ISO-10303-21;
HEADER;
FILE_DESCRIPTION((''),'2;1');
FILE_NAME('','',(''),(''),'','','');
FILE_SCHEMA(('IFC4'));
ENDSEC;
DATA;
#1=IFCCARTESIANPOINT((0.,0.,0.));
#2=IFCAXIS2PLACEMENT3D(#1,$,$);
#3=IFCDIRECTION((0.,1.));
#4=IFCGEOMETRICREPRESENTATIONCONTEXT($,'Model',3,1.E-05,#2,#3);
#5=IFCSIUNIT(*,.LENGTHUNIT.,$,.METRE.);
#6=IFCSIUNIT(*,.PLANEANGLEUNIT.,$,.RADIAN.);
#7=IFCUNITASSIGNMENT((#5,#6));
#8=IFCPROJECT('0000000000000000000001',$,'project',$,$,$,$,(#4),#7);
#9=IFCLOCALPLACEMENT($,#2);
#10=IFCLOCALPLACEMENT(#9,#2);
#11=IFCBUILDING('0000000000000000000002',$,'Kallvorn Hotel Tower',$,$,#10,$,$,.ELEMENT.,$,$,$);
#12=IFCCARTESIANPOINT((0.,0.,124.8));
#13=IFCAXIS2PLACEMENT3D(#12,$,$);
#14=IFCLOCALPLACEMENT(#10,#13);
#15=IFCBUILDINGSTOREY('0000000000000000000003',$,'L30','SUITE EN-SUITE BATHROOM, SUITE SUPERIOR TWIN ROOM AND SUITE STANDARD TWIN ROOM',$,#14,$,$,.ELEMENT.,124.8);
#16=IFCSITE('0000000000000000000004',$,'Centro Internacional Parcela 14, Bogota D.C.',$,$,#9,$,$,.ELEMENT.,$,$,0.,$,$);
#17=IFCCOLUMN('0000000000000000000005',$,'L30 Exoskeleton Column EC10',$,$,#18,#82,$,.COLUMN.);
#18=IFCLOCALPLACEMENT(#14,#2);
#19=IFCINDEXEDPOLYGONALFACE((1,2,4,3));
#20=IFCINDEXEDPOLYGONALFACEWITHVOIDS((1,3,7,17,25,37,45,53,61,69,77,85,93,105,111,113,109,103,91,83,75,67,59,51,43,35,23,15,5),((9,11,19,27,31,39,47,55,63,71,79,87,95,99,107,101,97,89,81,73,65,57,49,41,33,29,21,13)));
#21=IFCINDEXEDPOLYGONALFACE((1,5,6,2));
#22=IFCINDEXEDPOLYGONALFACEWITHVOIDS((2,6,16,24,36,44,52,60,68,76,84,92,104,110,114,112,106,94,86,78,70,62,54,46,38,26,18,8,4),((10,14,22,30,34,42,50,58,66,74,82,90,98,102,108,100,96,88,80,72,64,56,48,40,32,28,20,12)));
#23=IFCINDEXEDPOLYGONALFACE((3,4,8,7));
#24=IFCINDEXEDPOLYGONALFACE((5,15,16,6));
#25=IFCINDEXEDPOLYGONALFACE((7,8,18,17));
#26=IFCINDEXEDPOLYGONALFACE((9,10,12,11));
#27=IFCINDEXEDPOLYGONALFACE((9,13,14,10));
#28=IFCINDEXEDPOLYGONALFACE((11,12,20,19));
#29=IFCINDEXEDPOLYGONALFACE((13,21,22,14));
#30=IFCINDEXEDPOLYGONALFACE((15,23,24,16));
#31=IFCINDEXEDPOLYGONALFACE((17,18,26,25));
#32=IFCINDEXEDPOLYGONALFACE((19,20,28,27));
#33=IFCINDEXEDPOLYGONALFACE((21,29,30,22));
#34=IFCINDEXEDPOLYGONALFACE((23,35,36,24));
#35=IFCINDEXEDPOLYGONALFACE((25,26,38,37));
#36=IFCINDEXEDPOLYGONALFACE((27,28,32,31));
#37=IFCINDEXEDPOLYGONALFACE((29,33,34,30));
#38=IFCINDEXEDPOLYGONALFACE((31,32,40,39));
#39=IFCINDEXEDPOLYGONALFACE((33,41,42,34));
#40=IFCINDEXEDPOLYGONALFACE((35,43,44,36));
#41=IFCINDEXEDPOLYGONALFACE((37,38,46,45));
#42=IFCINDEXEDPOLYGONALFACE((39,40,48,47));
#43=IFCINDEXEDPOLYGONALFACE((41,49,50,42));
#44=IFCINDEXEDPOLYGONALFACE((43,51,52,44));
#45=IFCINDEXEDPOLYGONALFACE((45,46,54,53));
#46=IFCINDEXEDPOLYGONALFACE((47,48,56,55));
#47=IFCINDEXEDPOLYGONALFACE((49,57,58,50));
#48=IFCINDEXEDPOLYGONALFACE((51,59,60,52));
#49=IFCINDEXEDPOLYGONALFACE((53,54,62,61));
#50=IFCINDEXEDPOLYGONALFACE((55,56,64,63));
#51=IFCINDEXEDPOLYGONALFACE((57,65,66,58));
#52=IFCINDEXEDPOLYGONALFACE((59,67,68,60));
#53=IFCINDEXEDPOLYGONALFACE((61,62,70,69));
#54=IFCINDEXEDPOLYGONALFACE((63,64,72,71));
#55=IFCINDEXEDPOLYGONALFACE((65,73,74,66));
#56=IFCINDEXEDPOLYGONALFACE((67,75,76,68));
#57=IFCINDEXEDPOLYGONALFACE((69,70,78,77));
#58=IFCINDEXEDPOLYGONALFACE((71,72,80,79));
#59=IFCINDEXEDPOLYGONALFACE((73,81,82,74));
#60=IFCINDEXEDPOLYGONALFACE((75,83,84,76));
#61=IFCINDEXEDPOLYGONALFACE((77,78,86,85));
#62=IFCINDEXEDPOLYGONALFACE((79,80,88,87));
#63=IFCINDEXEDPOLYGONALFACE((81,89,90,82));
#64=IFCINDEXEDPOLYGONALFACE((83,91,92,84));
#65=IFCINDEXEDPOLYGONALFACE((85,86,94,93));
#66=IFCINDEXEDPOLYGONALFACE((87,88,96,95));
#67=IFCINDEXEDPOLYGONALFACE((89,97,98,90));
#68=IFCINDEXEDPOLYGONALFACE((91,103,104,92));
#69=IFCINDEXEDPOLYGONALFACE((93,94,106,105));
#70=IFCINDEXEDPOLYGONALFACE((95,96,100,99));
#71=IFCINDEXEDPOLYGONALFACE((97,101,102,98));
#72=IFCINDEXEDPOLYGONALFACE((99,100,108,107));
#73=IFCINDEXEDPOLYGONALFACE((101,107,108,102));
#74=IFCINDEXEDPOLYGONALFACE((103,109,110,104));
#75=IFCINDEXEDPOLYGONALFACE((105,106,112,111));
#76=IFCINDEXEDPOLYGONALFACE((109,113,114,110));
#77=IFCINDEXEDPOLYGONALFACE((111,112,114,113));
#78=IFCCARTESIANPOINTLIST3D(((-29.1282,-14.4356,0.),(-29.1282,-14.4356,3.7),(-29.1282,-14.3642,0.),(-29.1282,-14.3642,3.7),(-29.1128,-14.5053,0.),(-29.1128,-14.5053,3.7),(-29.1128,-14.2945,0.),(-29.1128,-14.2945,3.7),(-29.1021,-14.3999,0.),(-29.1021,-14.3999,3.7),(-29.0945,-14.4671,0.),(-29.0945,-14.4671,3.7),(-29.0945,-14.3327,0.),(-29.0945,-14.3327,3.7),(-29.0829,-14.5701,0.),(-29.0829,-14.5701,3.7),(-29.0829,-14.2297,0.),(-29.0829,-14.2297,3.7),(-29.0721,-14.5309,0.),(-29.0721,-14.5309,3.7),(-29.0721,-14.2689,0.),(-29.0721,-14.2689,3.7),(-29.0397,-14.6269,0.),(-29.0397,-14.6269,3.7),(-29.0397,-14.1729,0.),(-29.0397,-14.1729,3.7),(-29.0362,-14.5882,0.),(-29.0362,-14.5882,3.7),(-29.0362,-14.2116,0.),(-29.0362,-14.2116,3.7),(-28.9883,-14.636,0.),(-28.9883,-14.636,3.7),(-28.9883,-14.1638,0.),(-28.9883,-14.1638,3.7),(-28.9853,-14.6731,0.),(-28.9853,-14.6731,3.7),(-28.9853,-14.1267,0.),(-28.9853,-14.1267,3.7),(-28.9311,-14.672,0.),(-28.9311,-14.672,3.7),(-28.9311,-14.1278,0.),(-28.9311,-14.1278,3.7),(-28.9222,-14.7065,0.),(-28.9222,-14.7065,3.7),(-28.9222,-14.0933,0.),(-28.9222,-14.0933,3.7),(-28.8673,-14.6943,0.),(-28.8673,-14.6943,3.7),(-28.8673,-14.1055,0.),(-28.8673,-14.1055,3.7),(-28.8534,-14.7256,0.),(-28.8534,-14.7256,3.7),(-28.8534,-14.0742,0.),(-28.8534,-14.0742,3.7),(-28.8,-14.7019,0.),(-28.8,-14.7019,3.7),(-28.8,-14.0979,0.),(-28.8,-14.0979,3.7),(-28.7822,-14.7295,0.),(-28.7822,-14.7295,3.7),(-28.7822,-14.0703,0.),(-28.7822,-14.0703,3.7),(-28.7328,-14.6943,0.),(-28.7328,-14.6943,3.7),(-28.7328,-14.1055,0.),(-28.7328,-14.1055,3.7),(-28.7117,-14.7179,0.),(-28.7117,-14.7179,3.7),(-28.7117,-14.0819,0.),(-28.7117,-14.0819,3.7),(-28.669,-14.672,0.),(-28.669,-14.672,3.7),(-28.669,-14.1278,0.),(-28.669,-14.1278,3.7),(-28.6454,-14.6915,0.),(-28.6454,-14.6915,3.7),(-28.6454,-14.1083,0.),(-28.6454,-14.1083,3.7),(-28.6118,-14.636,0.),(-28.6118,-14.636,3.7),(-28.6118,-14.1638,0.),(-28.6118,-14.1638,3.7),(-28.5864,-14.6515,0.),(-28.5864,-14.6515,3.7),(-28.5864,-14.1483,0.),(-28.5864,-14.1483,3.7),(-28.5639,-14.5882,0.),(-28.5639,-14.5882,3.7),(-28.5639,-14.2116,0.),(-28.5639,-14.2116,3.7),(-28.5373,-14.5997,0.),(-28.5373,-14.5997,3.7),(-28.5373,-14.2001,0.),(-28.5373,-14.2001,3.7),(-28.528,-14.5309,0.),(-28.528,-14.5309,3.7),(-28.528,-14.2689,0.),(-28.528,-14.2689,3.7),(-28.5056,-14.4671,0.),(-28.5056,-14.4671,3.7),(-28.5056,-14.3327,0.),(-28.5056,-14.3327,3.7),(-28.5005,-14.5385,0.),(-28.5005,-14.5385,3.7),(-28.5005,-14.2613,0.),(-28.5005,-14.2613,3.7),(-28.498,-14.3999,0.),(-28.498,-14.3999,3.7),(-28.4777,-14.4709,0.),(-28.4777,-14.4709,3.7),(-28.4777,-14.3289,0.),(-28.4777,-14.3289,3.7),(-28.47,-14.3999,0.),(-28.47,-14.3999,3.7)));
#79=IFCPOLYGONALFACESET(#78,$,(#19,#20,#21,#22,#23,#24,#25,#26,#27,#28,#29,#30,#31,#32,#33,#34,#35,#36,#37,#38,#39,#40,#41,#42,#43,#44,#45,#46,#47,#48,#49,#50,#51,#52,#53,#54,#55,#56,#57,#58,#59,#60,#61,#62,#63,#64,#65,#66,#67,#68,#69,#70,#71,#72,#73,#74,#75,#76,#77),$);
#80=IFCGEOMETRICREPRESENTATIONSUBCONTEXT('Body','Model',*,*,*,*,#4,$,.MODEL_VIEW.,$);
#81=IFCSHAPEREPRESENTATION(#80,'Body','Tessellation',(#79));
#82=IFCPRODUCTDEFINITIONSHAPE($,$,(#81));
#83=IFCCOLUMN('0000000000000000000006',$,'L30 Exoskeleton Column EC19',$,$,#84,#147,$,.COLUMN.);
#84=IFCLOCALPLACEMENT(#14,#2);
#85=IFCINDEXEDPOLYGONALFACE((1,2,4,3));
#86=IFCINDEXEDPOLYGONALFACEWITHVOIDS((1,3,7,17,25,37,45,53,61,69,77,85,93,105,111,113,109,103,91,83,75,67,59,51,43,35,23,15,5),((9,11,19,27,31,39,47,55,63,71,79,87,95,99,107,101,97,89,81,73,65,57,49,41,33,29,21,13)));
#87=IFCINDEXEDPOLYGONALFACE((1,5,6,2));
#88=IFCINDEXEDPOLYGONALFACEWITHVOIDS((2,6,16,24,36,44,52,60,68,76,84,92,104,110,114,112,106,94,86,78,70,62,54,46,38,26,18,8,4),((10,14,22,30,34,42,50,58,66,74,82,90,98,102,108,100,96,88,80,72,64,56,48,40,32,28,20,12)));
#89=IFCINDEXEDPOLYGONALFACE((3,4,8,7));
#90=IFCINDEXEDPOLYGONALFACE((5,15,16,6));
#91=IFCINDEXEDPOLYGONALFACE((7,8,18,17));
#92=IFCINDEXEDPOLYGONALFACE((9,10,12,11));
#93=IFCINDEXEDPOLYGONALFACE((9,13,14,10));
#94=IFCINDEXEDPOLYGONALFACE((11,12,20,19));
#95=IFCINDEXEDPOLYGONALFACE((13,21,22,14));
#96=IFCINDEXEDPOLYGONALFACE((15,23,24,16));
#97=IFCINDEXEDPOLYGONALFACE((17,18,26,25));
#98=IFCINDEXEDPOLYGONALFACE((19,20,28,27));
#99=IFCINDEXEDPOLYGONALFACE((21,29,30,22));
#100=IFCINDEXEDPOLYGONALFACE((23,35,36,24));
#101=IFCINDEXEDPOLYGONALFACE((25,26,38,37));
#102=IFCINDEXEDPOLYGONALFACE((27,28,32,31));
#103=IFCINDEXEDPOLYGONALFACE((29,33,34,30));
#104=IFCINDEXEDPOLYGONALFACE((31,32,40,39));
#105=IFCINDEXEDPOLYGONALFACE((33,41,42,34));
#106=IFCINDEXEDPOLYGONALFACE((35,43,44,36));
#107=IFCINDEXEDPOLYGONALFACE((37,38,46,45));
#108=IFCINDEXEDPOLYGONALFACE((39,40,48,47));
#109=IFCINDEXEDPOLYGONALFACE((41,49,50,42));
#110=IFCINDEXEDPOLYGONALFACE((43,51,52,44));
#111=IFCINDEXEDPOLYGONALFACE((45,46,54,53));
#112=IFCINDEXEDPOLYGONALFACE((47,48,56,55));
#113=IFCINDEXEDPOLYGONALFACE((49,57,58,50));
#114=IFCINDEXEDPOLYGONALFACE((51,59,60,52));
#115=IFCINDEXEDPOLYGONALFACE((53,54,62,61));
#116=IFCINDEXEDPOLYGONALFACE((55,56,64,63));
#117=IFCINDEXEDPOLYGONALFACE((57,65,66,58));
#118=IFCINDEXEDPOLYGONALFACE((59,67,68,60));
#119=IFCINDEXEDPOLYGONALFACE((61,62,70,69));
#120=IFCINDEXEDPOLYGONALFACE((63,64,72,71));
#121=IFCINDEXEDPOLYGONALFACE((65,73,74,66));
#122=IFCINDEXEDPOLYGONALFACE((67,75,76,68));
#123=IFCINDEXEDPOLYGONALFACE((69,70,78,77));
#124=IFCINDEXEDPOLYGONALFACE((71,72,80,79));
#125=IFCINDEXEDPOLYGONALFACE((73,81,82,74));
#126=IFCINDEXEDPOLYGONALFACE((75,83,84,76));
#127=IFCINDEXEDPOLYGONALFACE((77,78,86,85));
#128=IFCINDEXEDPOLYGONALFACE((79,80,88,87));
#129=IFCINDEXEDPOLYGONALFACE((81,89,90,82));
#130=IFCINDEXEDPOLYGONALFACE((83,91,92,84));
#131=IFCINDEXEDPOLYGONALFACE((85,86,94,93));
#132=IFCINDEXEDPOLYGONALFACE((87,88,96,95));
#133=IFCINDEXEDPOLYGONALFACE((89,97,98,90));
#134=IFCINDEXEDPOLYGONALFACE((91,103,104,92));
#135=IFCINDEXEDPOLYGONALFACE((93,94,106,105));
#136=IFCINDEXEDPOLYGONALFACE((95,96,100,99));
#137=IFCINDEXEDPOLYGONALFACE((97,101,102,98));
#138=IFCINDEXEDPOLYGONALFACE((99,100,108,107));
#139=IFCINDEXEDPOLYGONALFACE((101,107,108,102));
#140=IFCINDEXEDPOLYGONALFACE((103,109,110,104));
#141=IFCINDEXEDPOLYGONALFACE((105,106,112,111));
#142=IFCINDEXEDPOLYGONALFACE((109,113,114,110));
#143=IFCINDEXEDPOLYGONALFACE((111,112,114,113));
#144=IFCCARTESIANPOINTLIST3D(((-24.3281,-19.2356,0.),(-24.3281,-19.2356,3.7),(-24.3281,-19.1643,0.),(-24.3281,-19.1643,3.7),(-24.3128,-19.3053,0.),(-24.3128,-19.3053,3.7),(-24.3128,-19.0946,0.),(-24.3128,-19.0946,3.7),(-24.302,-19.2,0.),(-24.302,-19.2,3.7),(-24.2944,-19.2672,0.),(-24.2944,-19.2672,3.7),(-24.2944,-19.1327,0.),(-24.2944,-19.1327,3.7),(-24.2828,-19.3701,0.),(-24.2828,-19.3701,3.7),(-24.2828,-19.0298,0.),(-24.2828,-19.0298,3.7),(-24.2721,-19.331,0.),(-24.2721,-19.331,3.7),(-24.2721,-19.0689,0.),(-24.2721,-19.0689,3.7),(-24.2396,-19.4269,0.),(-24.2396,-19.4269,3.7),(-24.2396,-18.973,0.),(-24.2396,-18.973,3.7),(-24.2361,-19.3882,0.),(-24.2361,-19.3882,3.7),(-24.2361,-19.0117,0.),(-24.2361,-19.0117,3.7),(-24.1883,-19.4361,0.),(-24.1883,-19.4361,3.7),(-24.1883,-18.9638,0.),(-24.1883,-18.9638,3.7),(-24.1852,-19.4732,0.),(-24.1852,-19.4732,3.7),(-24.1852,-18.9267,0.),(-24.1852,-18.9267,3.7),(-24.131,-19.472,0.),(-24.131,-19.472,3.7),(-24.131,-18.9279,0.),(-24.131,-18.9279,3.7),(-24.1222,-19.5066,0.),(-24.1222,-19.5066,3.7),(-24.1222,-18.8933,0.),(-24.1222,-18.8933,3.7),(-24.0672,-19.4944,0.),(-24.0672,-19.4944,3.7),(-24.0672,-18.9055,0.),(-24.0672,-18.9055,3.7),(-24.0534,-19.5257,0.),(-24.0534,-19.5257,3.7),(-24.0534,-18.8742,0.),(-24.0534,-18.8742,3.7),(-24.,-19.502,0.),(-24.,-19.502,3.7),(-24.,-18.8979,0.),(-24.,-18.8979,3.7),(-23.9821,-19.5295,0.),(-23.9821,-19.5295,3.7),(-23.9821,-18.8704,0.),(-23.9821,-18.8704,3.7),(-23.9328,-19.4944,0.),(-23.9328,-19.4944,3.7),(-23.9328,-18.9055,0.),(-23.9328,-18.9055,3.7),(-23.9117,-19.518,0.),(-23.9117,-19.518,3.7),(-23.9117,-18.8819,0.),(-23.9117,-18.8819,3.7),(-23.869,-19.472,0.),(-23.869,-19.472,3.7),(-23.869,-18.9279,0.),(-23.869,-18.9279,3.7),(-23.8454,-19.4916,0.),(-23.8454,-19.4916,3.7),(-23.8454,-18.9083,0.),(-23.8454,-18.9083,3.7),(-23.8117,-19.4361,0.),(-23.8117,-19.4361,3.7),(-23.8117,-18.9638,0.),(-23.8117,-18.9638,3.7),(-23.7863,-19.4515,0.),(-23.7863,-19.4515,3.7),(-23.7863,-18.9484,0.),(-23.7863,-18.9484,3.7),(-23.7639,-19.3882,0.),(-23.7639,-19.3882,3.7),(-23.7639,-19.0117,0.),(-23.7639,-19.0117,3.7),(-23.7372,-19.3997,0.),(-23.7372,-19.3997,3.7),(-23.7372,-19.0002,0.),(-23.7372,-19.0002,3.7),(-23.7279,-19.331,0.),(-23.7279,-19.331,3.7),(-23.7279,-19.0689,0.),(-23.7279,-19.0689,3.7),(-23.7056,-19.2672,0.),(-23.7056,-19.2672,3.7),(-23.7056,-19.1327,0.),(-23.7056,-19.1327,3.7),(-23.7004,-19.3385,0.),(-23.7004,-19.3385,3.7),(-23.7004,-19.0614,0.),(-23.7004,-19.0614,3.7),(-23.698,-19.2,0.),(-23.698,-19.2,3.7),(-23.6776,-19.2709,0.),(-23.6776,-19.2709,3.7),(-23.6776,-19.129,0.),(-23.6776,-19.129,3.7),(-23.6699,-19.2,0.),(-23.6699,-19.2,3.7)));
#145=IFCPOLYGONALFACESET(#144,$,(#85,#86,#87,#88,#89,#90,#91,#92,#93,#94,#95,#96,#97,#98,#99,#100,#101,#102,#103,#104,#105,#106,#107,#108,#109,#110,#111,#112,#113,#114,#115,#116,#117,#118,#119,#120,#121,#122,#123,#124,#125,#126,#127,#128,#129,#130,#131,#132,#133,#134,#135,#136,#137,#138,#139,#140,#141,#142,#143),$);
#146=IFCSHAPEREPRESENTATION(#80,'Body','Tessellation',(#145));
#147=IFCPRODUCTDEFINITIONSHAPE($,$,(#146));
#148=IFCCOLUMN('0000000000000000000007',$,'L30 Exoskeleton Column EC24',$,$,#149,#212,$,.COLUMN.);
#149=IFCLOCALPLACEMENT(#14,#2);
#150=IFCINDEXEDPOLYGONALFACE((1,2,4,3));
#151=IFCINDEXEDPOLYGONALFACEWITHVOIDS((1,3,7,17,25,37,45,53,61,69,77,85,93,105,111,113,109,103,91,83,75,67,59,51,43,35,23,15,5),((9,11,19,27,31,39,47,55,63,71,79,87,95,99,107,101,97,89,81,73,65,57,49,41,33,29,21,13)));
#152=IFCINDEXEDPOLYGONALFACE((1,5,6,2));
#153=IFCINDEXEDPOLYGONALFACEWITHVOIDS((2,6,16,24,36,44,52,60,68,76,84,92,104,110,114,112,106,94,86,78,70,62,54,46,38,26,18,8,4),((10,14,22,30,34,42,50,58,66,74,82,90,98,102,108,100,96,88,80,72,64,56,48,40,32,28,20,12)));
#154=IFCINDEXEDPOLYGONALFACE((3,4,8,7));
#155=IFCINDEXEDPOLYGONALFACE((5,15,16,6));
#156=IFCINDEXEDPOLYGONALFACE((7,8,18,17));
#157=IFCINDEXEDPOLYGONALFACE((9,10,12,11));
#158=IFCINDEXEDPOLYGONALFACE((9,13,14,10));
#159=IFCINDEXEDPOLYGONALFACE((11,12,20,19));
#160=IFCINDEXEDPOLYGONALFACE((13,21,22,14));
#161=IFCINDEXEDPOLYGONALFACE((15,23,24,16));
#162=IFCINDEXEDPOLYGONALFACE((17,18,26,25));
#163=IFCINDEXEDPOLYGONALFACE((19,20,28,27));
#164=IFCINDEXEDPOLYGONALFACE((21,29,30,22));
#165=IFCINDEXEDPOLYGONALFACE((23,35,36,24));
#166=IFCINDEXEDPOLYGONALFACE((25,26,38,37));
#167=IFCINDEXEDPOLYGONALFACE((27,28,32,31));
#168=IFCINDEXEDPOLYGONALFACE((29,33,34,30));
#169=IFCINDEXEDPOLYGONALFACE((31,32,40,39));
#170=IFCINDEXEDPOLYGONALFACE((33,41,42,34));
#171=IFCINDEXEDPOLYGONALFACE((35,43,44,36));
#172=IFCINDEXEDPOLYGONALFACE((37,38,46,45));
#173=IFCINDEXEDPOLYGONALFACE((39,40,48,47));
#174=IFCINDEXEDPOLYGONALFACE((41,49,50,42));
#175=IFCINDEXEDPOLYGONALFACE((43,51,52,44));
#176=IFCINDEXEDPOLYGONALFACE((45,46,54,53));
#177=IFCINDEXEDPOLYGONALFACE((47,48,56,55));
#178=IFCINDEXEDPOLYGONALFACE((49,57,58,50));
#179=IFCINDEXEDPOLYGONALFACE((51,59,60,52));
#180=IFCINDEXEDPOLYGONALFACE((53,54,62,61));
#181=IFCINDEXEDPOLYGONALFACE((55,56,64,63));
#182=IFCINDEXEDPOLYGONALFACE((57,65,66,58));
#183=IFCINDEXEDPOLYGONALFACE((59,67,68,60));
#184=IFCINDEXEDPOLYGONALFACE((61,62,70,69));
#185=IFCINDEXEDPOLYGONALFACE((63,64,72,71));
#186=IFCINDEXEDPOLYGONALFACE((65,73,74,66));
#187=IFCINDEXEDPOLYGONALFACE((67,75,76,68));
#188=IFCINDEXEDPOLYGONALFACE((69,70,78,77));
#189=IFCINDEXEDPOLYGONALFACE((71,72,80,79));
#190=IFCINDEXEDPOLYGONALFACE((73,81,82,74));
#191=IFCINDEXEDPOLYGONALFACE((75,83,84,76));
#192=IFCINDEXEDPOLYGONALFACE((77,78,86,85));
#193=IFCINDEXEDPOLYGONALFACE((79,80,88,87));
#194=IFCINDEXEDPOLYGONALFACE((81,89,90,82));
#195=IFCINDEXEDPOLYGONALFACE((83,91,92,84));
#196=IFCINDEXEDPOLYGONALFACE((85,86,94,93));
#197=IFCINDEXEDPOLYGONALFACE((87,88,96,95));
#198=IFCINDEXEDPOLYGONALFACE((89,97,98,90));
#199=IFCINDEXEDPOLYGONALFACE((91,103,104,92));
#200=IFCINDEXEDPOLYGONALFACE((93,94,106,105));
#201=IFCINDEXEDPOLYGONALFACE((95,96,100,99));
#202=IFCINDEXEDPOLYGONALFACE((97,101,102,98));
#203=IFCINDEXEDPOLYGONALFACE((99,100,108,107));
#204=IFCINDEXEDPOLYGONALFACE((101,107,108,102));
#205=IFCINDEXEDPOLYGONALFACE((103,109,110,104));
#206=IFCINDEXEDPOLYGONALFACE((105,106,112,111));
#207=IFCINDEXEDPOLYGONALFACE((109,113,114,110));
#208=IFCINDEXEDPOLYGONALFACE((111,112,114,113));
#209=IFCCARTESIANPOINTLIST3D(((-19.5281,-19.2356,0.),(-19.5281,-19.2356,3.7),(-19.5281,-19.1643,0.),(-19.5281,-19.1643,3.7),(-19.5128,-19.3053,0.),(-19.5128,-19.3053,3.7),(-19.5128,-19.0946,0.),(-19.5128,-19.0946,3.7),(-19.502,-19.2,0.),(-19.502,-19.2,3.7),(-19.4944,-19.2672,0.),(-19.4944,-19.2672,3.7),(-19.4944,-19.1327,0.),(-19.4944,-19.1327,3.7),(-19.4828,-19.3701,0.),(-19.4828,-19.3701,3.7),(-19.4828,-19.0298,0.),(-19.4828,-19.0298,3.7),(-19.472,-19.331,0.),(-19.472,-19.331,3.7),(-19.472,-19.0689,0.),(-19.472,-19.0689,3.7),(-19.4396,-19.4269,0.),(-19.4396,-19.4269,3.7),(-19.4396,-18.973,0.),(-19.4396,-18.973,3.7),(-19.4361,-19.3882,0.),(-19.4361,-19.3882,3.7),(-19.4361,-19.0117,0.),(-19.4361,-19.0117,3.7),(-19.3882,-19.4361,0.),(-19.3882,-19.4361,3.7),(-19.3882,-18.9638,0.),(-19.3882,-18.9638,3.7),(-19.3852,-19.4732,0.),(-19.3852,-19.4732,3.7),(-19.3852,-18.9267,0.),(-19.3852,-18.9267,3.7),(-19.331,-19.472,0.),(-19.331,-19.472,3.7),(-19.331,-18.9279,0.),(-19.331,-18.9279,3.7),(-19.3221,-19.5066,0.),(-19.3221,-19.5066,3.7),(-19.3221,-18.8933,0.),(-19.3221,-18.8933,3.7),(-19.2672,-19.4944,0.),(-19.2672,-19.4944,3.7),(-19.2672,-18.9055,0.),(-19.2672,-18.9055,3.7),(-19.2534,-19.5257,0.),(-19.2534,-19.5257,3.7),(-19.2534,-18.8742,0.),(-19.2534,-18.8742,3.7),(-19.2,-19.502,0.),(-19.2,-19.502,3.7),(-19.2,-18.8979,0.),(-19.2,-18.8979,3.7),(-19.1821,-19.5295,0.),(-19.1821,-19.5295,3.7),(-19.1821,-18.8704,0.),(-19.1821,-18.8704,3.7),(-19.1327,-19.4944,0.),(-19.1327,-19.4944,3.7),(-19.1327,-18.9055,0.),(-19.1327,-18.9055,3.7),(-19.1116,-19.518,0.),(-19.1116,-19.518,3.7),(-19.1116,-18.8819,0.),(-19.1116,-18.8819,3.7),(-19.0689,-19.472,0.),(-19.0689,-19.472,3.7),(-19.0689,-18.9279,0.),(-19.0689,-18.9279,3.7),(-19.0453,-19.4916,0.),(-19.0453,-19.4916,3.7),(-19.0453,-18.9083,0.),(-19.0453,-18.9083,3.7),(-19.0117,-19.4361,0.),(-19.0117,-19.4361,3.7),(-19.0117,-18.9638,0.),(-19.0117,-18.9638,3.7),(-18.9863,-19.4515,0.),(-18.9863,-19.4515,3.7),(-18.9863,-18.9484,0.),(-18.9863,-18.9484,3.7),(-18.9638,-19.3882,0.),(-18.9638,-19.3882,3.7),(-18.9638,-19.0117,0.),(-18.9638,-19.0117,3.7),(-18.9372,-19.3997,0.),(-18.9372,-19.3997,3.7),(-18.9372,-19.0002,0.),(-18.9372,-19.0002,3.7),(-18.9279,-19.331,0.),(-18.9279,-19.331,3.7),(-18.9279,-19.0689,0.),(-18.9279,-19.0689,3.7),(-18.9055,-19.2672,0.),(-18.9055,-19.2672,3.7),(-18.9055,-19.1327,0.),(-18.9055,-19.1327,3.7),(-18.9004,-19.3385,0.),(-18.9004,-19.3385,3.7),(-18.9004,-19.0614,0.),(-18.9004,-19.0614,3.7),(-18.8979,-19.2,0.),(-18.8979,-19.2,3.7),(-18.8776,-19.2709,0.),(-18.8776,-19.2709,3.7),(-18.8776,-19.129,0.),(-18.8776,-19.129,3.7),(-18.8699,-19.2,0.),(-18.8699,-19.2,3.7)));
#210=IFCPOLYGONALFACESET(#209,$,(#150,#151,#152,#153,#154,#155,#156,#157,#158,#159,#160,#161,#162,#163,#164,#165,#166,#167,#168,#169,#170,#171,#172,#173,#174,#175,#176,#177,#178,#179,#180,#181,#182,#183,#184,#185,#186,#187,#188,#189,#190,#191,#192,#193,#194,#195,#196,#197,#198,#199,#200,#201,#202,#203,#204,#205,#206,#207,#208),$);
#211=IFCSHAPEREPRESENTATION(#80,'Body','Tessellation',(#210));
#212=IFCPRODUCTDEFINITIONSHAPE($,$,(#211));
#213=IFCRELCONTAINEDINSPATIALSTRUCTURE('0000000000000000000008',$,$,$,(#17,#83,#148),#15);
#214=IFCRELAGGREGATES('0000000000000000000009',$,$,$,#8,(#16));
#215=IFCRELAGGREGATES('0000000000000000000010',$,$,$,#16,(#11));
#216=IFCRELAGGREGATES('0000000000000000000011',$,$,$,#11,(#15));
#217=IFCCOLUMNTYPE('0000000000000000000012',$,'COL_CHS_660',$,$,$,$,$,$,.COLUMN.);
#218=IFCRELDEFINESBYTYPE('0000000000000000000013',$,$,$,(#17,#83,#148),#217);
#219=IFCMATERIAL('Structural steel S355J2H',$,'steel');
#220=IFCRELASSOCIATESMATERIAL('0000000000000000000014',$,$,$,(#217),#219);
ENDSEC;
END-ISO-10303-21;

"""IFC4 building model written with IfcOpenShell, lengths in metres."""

from ifc_helpers import new_model, si_unit, direction, frame, origin, origin_2d, place, context, subcontext, project, spatial, hollow_circle, extrude, material, material_profile, profile_set, type_object, element, save


model = new_model("IFC4")

# Units and contexts
model_context = context("Model", 3, precision=1e-05, world=origin(), true_north=direction((0.0, 1.0)))
body_context = subcontext(model_context, "Body", "Model", "MODEL_VIEW")
ifc_project = project(units=[si_unit("LENGTHUNIT", "METRE"), si_unit("PLANEANGLEUNIT", "RADIAN")], contexts=[model_context])

# Site, building, storey
site_placement = place(None, origin())
site = spatial("IfcSite", under=ifc_project, at=site_placement, Name="Centro Internacional Parcela 14, Bogota D.C.", CompositionType="ELEMENT", RefElevation=0.0)
building_placement = place(site_placement, origin())
building = spatial("IfcBuilding", under=site, at=building_placement, Name="Kallvorn Hotel Tower", CompositionType="ELEMENT")
storey_placement = place(building_placement, frame((0.0, 0.0, 124.8)))
storey = spatial("IfcBuildingStorey", under=building, at=storey_placement, Name="L30", Description="SUITE EN-SUITE BATHROOM, SUITE SUPERIOR TWIN ROOM AND SUITE STANDARD TWIN ROOM", CompositionType="ELEMENT", Elevation=124.8)

# Columns
ifc_material_1 = material(Name="Structural steel S355J2H", Category="steel")
ifc_material_profile_1 = material_profile(ifc_material_1, hollow_circle(Radius=0.3301, WallThickness=0.0281, at=origin_2d()), Name="CHS 660x28")
ifc_profile_set_1 = profile_set([ifc_material_profile_1], Name="Structural steel S355J2H")
column_type_1 = type_object("IfcColumnType", Name="COL_CHS_660", PredefinedType="COLUMN", material=ifc_profile_set_1)
for number, where, z_axis, x_axis, name in (
    (1, (-28.8, -14.3999, 0.0), (0.0, 0.0, 1.0), (1.0, 0.0, 0.0), "L30 Exoskeleton Column EC10"),
    (2, (-24.0, -19.2, 0.0), (0.0, 0.0, 1.0), (1.0, 0.0, 0.0), "L30 Exoskeleton Column EC19"),
    (3, (-19.2, -19.2, 0.0), (0.0, 0.0, 1.0), (1.0, 0.0, 0.0), "L30 Exoskeleton Column EC24"),
):
    element("IfcColumn", number, at=place(storey_placement, frame(where, z_axis=z_axis, x_axis=x_axis)), inside=storey, type_object=column_type_1, Name=name, PredefinedType="COLUMN", context=body_context, shape_type="SweptSolid", body=[
        extrude(hollow_circle(Radius=0.3301, WallThickness=0.0281, at=origin_2d()), origin(), (0.0, 0.0, 1.0), 3.7),
    ])

save(model, "model.ifc")
